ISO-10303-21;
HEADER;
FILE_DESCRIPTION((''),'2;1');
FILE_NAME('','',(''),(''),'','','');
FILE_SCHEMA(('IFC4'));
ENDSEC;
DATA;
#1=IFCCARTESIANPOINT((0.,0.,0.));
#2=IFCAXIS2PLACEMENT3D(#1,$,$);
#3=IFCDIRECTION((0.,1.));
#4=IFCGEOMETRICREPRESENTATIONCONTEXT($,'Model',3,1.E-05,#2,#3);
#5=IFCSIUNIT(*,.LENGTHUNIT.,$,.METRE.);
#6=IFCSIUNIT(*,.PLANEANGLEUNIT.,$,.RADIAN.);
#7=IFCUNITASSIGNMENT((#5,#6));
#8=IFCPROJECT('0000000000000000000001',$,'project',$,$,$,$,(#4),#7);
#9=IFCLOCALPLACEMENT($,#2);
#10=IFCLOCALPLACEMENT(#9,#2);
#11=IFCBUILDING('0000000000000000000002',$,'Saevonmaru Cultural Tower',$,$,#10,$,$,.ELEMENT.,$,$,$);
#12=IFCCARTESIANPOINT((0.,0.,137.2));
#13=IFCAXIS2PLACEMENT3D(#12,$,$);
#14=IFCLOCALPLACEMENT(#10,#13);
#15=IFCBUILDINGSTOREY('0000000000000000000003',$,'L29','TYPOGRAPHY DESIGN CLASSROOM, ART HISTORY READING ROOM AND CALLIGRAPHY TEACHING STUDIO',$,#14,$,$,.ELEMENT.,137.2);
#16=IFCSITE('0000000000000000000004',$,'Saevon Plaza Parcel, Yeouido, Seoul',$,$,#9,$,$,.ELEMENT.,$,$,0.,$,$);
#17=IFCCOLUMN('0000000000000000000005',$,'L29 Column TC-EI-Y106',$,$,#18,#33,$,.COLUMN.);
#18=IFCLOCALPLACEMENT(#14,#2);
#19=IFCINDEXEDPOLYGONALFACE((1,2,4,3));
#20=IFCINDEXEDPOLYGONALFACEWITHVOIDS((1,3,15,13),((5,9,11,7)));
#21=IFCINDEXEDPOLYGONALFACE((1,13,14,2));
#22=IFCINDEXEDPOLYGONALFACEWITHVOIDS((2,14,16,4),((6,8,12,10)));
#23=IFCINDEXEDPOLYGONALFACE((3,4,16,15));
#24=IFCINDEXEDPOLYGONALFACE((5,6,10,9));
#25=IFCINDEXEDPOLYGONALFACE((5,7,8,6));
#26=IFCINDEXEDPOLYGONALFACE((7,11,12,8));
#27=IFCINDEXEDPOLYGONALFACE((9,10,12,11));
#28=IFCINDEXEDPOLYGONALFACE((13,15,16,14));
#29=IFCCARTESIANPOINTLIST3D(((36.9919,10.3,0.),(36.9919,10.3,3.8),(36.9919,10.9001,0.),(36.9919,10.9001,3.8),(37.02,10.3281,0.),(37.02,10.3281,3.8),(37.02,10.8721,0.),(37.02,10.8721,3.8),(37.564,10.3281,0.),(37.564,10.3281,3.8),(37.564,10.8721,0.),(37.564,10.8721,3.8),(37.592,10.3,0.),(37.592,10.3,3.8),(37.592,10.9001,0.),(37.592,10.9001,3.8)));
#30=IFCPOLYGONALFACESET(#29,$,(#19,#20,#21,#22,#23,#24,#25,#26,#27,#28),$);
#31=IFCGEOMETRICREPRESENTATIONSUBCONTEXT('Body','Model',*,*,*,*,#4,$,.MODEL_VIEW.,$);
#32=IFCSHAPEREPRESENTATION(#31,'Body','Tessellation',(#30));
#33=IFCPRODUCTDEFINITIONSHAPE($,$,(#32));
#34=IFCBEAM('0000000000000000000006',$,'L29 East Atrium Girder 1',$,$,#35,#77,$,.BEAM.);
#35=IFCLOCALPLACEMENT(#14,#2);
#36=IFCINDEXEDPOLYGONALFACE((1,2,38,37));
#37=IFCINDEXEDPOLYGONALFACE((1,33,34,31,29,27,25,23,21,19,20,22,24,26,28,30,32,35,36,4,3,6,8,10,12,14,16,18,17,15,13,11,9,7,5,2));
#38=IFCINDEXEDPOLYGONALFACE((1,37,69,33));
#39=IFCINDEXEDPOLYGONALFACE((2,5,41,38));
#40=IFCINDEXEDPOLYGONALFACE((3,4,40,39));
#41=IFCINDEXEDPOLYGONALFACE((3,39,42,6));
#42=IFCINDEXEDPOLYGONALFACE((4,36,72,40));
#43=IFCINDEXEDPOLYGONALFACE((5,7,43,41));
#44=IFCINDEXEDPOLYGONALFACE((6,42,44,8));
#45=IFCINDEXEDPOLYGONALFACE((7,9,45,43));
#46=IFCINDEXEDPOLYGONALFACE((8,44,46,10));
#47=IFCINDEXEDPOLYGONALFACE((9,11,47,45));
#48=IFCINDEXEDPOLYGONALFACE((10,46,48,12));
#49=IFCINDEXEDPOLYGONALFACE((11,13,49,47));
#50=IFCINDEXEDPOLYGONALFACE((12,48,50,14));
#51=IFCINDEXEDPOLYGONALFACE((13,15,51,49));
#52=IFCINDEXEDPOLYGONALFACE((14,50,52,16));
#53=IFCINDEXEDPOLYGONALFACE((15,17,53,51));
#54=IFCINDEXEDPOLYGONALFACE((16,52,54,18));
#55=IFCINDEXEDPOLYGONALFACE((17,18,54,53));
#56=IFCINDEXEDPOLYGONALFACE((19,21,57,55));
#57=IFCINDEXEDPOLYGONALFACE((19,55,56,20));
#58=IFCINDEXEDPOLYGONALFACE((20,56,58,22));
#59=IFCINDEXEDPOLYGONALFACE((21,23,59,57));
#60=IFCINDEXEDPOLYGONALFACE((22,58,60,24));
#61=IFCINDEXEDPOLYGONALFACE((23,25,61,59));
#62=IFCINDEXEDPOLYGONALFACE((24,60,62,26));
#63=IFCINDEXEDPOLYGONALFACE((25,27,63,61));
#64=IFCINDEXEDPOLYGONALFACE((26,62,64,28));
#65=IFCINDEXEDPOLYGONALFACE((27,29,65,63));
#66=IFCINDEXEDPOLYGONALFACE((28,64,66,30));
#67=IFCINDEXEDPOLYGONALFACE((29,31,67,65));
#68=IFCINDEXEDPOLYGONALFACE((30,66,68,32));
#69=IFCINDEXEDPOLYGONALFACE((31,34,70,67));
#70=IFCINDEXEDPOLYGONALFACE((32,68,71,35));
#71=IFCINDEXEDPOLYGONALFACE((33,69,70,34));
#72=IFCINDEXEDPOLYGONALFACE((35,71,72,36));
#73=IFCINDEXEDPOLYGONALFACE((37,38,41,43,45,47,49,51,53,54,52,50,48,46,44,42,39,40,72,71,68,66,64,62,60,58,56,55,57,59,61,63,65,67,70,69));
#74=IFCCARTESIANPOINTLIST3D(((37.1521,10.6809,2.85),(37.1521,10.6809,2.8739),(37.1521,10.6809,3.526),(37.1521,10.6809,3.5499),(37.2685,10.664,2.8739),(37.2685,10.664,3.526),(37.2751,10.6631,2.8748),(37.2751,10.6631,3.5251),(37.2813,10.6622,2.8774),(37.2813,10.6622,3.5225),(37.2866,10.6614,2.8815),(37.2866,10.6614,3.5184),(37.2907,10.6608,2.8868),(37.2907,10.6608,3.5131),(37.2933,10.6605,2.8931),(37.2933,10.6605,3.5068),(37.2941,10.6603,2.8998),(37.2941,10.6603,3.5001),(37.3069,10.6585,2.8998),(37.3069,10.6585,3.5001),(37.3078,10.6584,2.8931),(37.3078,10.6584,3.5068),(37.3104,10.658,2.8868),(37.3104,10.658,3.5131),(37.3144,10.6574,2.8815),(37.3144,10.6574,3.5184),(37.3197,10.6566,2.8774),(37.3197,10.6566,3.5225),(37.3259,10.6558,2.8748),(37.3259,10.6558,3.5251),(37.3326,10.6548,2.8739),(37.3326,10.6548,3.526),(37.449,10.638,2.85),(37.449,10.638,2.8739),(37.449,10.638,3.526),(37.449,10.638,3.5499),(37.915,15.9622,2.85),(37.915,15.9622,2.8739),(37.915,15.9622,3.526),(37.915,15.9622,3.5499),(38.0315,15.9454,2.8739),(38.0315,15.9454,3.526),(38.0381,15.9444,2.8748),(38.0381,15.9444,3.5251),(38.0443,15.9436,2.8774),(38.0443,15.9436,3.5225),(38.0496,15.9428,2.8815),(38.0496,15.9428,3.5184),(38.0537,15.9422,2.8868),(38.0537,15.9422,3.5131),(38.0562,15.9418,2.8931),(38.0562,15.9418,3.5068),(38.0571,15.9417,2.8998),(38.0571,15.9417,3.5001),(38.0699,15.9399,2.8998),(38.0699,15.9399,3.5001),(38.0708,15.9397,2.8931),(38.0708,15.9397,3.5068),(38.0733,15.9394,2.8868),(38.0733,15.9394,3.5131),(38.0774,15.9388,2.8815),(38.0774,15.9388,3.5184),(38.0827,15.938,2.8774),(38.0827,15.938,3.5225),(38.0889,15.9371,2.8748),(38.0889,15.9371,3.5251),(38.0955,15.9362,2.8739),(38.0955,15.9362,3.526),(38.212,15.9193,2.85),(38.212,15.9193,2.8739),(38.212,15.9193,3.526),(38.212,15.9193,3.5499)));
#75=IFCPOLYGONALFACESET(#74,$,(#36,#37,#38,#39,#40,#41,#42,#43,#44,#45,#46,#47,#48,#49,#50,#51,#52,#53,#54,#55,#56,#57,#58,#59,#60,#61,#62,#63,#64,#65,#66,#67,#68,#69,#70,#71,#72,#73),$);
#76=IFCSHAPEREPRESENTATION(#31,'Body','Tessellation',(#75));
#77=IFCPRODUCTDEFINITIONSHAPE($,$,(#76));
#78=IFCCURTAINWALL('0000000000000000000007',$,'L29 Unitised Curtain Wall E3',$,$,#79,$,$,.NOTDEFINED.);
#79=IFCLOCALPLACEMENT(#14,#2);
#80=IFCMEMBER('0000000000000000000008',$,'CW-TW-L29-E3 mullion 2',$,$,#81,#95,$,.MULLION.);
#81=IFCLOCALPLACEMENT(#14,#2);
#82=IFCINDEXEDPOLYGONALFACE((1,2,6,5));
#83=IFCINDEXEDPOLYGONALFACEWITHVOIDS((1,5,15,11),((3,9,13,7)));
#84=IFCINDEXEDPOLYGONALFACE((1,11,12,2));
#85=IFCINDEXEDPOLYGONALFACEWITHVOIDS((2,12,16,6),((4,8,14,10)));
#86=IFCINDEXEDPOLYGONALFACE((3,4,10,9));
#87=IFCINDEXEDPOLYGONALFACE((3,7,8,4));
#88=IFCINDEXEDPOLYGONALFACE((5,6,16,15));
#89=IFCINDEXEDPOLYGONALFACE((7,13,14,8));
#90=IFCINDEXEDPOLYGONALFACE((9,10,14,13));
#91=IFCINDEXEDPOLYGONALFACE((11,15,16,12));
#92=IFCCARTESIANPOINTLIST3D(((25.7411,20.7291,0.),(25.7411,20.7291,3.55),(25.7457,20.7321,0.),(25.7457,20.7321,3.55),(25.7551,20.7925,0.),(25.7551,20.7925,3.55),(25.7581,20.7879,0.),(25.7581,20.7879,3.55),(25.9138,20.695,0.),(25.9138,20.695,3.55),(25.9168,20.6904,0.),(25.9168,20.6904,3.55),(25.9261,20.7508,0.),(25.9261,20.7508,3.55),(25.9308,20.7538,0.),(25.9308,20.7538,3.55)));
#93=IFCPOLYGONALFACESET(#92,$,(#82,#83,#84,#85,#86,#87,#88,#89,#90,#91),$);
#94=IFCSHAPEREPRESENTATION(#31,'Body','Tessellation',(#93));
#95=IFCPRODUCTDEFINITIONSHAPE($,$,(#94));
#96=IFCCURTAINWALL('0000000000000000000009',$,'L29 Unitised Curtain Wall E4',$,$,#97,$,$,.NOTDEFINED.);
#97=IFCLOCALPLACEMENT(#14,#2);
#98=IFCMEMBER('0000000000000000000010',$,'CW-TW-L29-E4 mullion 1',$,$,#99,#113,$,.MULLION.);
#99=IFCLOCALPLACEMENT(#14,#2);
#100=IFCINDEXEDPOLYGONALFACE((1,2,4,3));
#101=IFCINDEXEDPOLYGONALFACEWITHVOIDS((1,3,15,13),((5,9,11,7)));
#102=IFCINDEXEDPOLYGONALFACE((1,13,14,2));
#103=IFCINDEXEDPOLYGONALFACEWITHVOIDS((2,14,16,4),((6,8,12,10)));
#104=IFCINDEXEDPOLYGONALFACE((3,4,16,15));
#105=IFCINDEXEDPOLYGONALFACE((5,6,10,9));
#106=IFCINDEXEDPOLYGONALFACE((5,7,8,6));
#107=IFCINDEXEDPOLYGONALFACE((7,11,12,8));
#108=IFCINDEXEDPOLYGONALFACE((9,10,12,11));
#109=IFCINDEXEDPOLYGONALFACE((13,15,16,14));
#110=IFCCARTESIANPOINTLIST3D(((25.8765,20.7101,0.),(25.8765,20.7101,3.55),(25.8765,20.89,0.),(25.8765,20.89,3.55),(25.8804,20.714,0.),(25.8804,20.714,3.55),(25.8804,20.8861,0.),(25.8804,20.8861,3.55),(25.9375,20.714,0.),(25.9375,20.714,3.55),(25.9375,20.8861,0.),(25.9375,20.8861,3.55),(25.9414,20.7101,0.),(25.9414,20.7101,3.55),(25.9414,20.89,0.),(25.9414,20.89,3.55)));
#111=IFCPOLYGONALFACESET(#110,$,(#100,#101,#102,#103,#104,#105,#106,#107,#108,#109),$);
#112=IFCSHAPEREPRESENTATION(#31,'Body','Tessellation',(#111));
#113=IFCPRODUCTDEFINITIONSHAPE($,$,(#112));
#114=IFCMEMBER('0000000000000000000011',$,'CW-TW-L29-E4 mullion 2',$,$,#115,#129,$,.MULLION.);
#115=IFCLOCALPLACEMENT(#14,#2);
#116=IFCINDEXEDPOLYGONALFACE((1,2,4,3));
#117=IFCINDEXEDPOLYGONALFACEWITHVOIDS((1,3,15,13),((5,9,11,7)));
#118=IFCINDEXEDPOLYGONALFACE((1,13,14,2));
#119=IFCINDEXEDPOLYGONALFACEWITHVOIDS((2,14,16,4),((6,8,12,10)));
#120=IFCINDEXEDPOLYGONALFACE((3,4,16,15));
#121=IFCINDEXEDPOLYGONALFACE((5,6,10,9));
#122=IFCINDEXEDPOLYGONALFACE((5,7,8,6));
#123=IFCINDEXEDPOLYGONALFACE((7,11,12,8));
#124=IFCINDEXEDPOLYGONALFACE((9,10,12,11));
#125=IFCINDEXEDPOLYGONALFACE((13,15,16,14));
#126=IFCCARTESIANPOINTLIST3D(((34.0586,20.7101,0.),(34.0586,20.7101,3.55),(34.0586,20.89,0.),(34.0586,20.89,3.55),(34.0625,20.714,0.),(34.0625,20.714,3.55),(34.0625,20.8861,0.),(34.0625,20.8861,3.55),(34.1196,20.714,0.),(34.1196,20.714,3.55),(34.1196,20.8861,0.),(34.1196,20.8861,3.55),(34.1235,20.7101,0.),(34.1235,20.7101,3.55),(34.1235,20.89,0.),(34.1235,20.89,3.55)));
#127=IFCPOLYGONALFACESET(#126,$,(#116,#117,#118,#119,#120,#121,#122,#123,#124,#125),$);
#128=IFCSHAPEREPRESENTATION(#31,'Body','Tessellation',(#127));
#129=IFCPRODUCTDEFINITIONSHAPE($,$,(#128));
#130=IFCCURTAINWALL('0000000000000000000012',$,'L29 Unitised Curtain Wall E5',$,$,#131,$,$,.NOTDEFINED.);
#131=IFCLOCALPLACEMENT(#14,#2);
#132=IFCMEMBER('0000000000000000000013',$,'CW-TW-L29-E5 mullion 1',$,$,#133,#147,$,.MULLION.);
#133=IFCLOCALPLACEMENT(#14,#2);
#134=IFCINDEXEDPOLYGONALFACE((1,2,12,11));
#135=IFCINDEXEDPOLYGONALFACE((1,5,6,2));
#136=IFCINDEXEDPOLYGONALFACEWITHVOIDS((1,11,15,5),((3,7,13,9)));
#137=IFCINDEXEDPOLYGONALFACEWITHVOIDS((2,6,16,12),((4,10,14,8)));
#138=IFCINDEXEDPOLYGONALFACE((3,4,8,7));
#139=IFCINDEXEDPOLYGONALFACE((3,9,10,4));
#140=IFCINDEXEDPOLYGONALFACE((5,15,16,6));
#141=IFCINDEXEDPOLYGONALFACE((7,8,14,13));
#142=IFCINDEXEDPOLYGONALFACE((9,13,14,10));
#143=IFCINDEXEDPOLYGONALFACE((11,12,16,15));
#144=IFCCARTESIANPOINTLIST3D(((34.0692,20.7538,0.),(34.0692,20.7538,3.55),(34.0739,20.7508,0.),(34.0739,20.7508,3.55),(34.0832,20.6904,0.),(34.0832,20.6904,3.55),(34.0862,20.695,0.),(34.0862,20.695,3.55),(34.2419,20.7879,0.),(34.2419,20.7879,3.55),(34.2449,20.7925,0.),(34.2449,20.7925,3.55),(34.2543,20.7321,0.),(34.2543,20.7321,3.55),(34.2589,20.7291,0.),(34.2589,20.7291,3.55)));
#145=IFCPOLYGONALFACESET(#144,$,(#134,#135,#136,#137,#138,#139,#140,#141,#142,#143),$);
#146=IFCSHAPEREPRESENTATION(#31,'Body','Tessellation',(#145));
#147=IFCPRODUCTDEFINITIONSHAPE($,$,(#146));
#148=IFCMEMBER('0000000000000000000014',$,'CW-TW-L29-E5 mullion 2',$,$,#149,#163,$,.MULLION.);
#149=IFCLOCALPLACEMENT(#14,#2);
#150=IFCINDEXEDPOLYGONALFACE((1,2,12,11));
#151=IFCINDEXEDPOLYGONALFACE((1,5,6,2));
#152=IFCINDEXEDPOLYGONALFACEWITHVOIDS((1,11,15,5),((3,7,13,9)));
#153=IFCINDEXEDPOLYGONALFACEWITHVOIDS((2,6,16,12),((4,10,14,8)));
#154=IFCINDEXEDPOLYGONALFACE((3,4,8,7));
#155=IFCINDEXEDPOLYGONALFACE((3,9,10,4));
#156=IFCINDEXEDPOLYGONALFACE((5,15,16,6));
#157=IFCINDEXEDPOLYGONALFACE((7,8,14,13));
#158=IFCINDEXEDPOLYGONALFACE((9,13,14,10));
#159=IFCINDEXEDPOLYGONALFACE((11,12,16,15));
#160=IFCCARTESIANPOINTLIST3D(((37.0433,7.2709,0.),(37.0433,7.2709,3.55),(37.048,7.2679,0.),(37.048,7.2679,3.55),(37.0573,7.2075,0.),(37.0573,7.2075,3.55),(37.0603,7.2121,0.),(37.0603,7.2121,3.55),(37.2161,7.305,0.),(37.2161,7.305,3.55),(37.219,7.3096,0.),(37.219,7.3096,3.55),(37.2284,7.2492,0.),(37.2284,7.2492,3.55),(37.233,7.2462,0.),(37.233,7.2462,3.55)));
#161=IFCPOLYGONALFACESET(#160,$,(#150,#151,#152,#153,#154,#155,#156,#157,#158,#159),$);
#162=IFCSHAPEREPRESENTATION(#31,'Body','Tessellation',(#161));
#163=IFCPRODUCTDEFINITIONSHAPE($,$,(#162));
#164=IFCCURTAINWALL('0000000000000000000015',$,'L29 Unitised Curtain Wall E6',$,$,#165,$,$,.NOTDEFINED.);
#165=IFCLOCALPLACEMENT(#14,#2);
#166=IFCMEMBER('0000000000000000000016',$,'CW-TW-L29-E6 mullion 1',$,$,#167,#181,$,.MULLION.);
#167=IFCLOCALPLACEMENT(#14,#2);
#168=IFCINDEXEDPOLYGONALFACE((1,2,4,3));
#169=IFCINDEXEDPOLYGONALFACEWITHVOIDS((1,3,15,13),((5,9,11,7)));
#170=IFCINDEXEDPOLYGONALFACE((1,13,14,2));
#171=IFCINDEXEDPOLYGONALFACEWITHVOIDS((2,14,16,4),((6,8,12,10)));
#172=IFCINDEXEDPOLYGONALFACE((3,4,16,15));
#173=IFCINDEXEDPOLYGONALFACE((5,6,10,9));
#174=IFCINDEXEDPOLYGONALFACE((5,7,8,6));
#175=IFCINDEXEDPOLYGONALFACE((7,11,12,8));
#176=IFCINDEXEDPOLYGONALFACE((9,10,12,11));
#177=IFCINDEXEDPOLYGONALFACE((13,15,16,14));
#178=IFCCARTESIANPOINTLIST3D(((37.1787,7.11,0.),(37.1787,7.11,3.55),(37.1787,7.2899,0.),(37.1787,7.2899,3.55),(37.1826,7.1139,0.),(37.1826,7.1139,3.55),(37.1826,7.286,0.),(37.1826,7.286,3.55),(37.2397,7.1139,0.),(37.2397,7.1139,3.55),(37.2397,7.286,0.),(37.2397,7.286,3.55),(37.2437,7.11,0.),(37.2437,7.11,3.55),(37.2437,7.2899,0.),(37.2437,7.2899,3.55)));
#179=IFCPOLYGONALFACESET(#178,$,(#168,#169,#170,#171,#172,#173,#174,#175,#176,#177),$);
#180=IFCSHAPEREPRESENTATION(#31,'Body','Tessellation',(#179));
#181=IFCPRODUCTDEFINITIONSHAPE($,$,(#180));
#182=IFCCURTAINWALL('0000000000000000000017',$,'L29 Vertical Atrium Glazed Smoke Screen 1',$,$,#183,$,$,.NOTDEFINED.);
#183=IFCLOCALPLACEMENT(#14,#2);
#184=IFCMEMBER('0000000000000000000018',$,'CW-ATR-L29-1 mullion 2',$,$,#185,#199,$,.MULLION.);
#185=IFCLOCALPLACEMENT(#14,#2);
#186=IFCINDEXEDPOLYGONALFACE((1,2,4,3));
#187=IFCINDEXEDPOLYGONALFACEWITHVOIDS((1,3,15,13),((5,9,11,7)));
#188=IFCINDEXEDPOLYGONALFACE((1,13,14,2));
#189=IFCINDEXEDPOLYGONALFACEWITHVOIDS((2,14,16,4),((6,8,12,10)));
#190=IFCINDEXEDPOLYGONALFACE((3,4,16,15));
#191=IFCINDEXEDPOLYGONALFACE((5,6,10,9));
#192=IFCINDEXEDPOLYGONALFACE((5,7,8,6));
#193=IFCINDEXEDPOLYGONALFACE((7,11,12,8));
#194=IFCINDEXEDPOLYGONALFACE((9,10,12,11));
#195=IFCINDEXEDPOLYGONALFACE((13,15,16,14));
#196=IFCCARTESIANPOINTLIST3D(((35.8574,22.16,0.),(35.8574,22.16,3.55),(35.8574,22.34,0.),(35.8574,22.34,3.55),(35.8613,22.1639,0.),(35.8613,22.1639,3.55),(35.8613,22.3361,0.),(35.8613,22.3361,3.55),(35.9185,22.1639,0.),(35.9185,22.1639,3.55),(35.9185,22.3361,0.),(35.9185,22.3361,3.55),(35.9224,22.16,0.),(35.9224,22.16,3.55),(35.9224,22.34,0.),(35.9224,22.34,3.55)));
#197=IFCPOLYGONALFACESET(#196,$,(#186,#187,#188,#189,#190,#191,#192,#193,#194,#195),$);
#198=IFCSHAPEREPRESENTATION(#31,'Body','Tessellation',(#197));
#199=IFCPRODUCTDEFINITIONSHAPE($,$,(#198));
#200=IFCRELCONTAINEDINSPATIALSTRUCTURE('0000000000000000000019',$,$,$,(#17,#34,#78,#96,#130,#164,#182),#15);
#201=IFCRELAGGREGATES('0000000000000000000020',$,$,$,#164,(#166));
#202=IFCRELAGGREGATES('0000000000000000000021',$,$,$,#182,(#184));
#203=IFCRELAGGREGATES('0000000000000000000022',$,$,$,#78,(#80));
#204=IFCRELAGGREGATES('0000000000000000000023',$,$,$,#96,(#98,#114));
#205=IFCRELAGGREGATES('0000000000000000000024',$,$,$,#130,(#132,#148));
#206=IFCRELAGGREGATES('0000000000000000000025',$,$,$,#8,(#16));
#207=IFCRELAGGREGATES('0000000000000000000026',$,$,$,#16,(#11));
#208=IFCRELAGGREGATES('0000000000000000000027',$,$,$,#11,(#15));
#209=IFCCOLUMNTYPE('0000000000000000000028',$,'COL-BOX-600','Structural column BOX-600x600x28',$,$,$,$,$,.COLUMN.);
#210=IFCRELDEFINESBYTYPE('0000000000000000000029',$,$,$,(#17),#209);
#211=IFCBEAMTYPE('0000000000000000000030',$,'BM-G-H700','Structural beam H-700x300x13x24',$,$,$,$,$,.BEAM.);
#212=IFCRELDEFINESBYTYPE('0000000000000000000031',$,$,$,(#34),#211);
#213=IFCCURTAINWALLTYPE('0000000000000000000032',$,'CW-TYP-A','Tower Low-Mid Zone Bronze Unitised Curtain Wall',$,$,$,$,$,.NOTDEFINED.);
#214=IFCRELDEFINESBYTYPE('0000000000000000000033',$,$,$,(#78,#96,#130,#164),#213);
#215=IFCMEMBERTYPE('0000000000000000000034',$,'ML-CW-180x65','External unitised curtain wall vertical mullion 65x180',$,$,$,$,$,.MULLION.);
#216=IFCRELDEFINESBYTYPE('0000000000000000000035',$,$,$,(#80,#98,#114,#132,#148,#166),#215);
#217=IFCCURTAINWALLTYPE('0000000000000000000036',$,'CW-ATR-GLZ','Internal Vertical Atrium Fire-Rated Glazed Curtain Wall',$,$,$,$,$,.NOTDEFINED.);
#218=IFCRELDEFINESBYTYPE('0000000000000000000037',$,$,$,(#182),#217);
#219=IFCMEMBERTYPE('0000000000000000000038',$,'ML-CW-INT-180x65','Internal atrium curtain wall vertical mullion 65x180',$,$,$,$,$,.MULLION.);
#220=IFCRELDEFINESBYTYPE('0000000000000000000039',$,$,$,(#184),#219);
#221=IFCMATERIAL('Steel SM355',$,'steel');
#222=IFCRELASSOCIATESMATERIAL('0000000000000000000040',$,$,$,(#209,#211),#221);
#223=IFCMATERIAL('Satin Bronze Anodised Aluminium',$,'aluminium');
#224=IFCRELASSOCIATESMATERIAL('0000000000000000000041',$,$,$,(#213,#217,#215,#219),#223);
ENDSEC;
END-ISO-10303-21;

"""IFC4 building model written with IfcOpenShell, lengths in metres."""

from ifc_helpers import new_model, si_unit, direction, frame, origin, origin_2d, place, context, subcontext, project, spatial, hollow_rectangle, i_section, extrude, material, material_profile, profile_set, type_object, element, aggregate, save


model = new_model("IFC4")

# Units and contexts
model_context = context("Model", 3, precision=1e-05, world=origin(), true_north=direction((0.0, 1.0)))
body_context = subcontext(model_context, "Body", "Model", "MODEL_VIEW")
ifc_project = project(units=[si_unit("LENGTHUNIT", "METRE"), si_unit("PLANEANGLEUNIT", "RADIAN")], contexts=[model_context])

# Site, building, storey
site_placement = place(None, origin())
site = spatial("IfcSite", under=ifc_project, at=site_placement, Name="Saevon Plaza Parcel, Yeouido, Seoul", CompositionType="ELEMENT", RefElevation=0.0)
building_placement = place(site_placement, origin())
building = spatial("IfcBuilding", under=site, at=building_placement, Name="Saevonmaru Cultural Tower", CompositionType="ELEMENT")
storey_placement = place(building_placement, frame((0.0, 0.0, 137.2)))
storey = spatial("IfcBuildingStorey", under=building, at=storey_placement, Name="L29", Description="TYPOGRAPHY DESIGN CLASSROOM, ART HISTORY READING ROOM AND CALLIGRAPHY TEACHING STUDIO", CompositionType="ELEMENT", Elevation=137.2)

# Column
ifc_material_1 = material(Name="Steel SM355", Category="steel")
ifc_material_profile_1 = material_profile(ifc_material_1, hollow_rectangle(XDim=0.6001, YDim=0.6001, WallThickness=0.0281, at=origin_2d()), Name="BOX-600x600x28")
ifc_profile_set_1 = profile_set([ifc_material_profile_1], Name="Steel SM355")
column_type = type_object("IfcColumnType", Name="COL-BOX-600", Description="Structural column BOX-600x600x28", PredefinedType="COLUMN", material=ifc_profile_set_1)
column_placement = place(storey_placement, frame((37.292, 10.6001, 0.0), z_axis=(0.0, 0.0, 1.0), x_axis=(1.0, 0.0, 0.0)))
element("IfcColumn", 1, at=column_placement, inside=storey, type_object=column_type, Name="L29 Column TC-EI-Y106", PredefinedType="COLUMN", context=body_context, shape_type="SweptSolid", body=[
    extrude(hollow_rectangle(XDim=0.6001, YDim=0.6001, WallThickness=0.0281, at=origin_2d()), origin(), (0.0, 0.0, 1.0), 3.8),
])

# Beam
ifc_material_profile_2 = material_profile(ifc_material_1, i_section(OverallWidth=0.3, OverallDepth=0.7, WebThickness=0.0129, FlangeThickness=0.0239, FilletRadius=0.0259, at=origin_2d()), Name="H-700x300x13x24")
ifc_profile_set_2 = profile_set([ifc_material_profile_2], Name="Steel SM355")
beam_type = type_object("IfcBeamType", Name="BM-G-H700", Description="Structural beam H-700x300x13x24", PredefinedType="BEAM", material=ifc_profile_set_2)
beam_placement = place(storey_placement, frame((37.3005, 10.6594, 3.2), z_axis=(0.142978, 0.989726, 0.0), x_axis=(-0.989726, 0.142978, 0.0)))
element("IfcBeam", 2, at=beam_placement, inside=storey, type_object=beam_type, Name="L29 East Atrium Girder 1", PredefinedType="BEAM", context=body_context, shape_type="SweptSolid", body=[
    extrude(i_section(OverallWidth=0.3, OverallDepth=0.7, WebThickness=0.0129, FlangeThickness=0.0239, FilletRadius=0.0259, at=origin_2d()), origin(), (0.0, 0.0, 1.0), 5.3362),
])

# Curtain wall, member
ifc_material_2 = material(Name="Satin Bronze Anodised Aluminium", Category="aluminium")
curtain_wall_type_1 = type_object("IfcCurtainWallType", Name="CW-TYP-A", Description="Tower Low-Mid Zone Bronze Unitised Curtain Wall", PredefinedType="NOTDEFINED", material=ifc_material_2)
curtain_wall_1_placement = place(storey_placement, origin())
curtain_wall_1 = element("IfcCurtainWall", 3, at=curtain_wall_1_placement, inside=storey, type_object=curtain_wall_type_1, Name="L29 Unitised Curtain Wall E3", PredefinedType="NOTDEFINED")
ifc_material_profile_3 = material_profile(ifc_material_2, hollow_rectangle(XDim=0.0649, YDim=0.1799, WallThickness=0.0039, at=origin_2d()), Name="ALU-MULL-180x65x4")
ifc_profile_set_3 = profile_set([ifc_material_profile_3], Name="Satin Bronze Anodised Aluminium")
member_type_1 = type_object("IfcMemberType", Name="ML-CW-180x65", Description="External unitised curtain wall vertical mullion 65x180", PredefinedType="MULLION", material=ifc_profile_set_3)
member_1_placement = place(storey_placement, frame((25.8359, 20.7415, 0.0), z_axis=(0.0, 0.0, 1.0), x_axis=(0.215413, 0.976523, 0.0)))
member_1 = element("IfcMember", 4, at=member_1_placement, type_object=member_type_1, Name="CW-TW-L29-E3 mullion 2", PredefinedType="MULLION", context=body_context, shape_type="SweptSolid", body=[
    extrude(hollow_rectangle(XDim=0.0649, YDim=0.1799, WallThickness=0.0039, at=origin_2d()), origin(), (0.0, 0.0, 1.0), 3.55),
])

# Curtain walls, members
curtain_wall_2_placement = place(storey_placement, origin())
curtain_wall_2 = element("IfcCurtainWall", 5, at=curtain_wall_2_placement, inside=storey, type_object=curtain_wall_type_1, Name="L29 Unitised Curtain Wall E4", PredefinedType="NOTDEFINED")
member_2_placement = place(storey_placement, frame((25.9089, 20.8, 0.0), z_axis=(0.0, 0.0, 1.0), x_axis=(1.0, 0.0, 0.0)))
member_2 = element("IfcMember", 6, at=member_2_placement, type_object=member_type_1, Name="CW-TW-L29-E4 mullion 1", PredefinedType="MULLION", context=body_context, shape_type="SweptSolid", body=[
    extrude(hollow_rectangle(XDim=0.0649, YDim=0.1799, WallThickness=0.0039, at=origin_2d()), origin(), (0.0, 0.0, 1.0), 3.55),
])
member_3_placement = place(storey_placement, frame((34.0911, 20.8, 0.0), z_axis=(0.0, 0.0, 1.0), x_axis=(1.0, 0.0, 0.0)))
member_3 = element("IfcMember", 7, at=member_3_placement, type_object=member_type_1, Name="CW-TW-L29-E4 mullion 2", PredefinedType="MULLION", context=body_context, shape_type="SweptSolid", body=[
    extrude(hollow_rectangle(XDim=0.0649, YDim=0.1799, WallThickness=0.0039, at=origin_2d()), origin(), (0.0, 0.0, 1.0), 3.55),
])
curtain_wall_3_placement = place(storey_placement, origin())
curtain_wall_3 = element("IfcCurtainWall", 8, at=curtain_wall_3_placement, inside=storey, type_object=curtain_wall_type_1, Name="L29 Unitised Curtain Wall E5", PredefinedType="NOTDEFINED")
member_4_placement = place(storey_placement, frame((34.1641, 20.7415, 0.0), z_axis=(0.0, 0.0, 1.0), x_axis=(0.215413, -0.976523, 0.0)))
member_4 = element("IfcMember", 9, at=member_4_placement, type_object=member_type_1, Name="CW-TW-L29-E5 mullion 1", PredefinedType="MULLION", context=body_context, shape_type="SweptSolid", body=[
    extrude(hollow_rectangle(XDim=0.0649, YDim=0.1799, WallThickness=0.0039, at=origin_2d()), origin(), (0.0, 0.0, 1.0), 3.55),
])
member_5_placement = place(storey_placement, frame((37.1382, 7.2585, 0.0), z_axis=(0.0, 0.0, 1.0), x_axis=(0.215413, -0.976523, 0.0)))
member_5 = element("IfcMember", 10, at=member_5_placement, type_object=member_type_1, Name="CW-TW-L29-E5 mullion 2", PredefinedType="MULLION", context=body_context, shape_type="SweptSolid", body=[
    extrude(hollow_rectangle(XDim=0.0649, YDim=0.1799, WallThickness=0.0039, at=origin_2d()), origin(), (0.0, 0.0, 1.0), 3.55),
])

# Curtain walls, members
curtain_wall_4_placement = place(storey_placement, origin())
curtain_wall_4 = element("IfcCurtainWall", 11, at=curtain_wall_4_placement, inside=storey, type_object=curtain_wall_type_1, Name="L29 Unitised Curtain Wall E6", PredefinedType="NOTDEFINED")
member_6_placement = place(storey_placement, frame((37.2112, 7.2, 0.0), z_axis=(0.0, 0.0, 1.0), x_axis=(1.0, 0.0, 0.0)))
member_6 = element("IfcMember", 12, at=member_6_placement, type_object=member_type_1, Name="CW-TW-L29-E6 mullion 1", PredefinedType="MULLION", context=body_context, shape_type="SweptSolid", body=[
    extrude(hollow_rectangle(XDim=0.0649, YDim=0.1799, WallThickness=0.0039, at=origin_2d()), origin(), (0.0, 0.0, 1.0), 3.55),
])
curtain_wall_type_2 = type_object("IfcCurtainWallType", Name="CW-ATR-GLZ", Description="Internal Vertical Atrium Fire-Rated Glazed Curtain Wall", PredefinedType="NOTDEFINED", material=ifc_material_2)
curtain_wall_5_placement = place(storey_placement, origin())
curtain_wall_5 = element("IfcCurtainWall", 13, at=curtain_wall_5_placement, inside=storey, type_object=curtain_wall_type_2, Name="L29 Vertical Atrium Glazed Smoke Screen 1", PredefinedType="NOTDEFINED")
ifc_material_profile_4 = material_profile(ifc_material_2, hollow_rectangle(XDim=0.0649, YDim=0.1799, WallThickness=0.0039, at=origin_2d()), Name="ALU-MULL-180x65x4")
ifc_profile_set_4 = profile_set([ifc_material_profile_4], Name="Satin Bronze Anodised Aluminium")
member_type_2 = type_object("IfcMemberType", Name="ML-CW-INT-180x65", Description="Internal atrium curtain wall vertical mullion 65x180", PredefinedType="MULLION", material=ifc_profile_set_4)
member_7_placement = place(storey_placement, frame((35.8899, 22.25, 0.0), z_axis=(0.0, 0.0, 1.0), x_axis=(1.0, 0.0, 0.0)))
member_7 = element("IfcMember", 14, at=member_7_placement, type_object=member_type_2, Name="CW-ATR-L29-1 mullion 2", PredefinedType="MULLION", context=body_context, shape_type="SweptSolid", body=[
    extrude(hollow_rectangle(XDim=0.0649, YDim=0.1799, WallThickness=0.0039, at=origin_2d()), origin(), (0.0, 0.0, 1.0), 3.55),
])

aggregate(curtain_wall_4, [member_6])

aggregate(curtain_wall_5, [member_7])
aggregate(curtain_wall_1, [member_1])
aggregate(curtain_wall_2, [member_2, member_3])
aggregate(curtain_wall_3, [member_4, member_5])

save(model, "model.ifc")
